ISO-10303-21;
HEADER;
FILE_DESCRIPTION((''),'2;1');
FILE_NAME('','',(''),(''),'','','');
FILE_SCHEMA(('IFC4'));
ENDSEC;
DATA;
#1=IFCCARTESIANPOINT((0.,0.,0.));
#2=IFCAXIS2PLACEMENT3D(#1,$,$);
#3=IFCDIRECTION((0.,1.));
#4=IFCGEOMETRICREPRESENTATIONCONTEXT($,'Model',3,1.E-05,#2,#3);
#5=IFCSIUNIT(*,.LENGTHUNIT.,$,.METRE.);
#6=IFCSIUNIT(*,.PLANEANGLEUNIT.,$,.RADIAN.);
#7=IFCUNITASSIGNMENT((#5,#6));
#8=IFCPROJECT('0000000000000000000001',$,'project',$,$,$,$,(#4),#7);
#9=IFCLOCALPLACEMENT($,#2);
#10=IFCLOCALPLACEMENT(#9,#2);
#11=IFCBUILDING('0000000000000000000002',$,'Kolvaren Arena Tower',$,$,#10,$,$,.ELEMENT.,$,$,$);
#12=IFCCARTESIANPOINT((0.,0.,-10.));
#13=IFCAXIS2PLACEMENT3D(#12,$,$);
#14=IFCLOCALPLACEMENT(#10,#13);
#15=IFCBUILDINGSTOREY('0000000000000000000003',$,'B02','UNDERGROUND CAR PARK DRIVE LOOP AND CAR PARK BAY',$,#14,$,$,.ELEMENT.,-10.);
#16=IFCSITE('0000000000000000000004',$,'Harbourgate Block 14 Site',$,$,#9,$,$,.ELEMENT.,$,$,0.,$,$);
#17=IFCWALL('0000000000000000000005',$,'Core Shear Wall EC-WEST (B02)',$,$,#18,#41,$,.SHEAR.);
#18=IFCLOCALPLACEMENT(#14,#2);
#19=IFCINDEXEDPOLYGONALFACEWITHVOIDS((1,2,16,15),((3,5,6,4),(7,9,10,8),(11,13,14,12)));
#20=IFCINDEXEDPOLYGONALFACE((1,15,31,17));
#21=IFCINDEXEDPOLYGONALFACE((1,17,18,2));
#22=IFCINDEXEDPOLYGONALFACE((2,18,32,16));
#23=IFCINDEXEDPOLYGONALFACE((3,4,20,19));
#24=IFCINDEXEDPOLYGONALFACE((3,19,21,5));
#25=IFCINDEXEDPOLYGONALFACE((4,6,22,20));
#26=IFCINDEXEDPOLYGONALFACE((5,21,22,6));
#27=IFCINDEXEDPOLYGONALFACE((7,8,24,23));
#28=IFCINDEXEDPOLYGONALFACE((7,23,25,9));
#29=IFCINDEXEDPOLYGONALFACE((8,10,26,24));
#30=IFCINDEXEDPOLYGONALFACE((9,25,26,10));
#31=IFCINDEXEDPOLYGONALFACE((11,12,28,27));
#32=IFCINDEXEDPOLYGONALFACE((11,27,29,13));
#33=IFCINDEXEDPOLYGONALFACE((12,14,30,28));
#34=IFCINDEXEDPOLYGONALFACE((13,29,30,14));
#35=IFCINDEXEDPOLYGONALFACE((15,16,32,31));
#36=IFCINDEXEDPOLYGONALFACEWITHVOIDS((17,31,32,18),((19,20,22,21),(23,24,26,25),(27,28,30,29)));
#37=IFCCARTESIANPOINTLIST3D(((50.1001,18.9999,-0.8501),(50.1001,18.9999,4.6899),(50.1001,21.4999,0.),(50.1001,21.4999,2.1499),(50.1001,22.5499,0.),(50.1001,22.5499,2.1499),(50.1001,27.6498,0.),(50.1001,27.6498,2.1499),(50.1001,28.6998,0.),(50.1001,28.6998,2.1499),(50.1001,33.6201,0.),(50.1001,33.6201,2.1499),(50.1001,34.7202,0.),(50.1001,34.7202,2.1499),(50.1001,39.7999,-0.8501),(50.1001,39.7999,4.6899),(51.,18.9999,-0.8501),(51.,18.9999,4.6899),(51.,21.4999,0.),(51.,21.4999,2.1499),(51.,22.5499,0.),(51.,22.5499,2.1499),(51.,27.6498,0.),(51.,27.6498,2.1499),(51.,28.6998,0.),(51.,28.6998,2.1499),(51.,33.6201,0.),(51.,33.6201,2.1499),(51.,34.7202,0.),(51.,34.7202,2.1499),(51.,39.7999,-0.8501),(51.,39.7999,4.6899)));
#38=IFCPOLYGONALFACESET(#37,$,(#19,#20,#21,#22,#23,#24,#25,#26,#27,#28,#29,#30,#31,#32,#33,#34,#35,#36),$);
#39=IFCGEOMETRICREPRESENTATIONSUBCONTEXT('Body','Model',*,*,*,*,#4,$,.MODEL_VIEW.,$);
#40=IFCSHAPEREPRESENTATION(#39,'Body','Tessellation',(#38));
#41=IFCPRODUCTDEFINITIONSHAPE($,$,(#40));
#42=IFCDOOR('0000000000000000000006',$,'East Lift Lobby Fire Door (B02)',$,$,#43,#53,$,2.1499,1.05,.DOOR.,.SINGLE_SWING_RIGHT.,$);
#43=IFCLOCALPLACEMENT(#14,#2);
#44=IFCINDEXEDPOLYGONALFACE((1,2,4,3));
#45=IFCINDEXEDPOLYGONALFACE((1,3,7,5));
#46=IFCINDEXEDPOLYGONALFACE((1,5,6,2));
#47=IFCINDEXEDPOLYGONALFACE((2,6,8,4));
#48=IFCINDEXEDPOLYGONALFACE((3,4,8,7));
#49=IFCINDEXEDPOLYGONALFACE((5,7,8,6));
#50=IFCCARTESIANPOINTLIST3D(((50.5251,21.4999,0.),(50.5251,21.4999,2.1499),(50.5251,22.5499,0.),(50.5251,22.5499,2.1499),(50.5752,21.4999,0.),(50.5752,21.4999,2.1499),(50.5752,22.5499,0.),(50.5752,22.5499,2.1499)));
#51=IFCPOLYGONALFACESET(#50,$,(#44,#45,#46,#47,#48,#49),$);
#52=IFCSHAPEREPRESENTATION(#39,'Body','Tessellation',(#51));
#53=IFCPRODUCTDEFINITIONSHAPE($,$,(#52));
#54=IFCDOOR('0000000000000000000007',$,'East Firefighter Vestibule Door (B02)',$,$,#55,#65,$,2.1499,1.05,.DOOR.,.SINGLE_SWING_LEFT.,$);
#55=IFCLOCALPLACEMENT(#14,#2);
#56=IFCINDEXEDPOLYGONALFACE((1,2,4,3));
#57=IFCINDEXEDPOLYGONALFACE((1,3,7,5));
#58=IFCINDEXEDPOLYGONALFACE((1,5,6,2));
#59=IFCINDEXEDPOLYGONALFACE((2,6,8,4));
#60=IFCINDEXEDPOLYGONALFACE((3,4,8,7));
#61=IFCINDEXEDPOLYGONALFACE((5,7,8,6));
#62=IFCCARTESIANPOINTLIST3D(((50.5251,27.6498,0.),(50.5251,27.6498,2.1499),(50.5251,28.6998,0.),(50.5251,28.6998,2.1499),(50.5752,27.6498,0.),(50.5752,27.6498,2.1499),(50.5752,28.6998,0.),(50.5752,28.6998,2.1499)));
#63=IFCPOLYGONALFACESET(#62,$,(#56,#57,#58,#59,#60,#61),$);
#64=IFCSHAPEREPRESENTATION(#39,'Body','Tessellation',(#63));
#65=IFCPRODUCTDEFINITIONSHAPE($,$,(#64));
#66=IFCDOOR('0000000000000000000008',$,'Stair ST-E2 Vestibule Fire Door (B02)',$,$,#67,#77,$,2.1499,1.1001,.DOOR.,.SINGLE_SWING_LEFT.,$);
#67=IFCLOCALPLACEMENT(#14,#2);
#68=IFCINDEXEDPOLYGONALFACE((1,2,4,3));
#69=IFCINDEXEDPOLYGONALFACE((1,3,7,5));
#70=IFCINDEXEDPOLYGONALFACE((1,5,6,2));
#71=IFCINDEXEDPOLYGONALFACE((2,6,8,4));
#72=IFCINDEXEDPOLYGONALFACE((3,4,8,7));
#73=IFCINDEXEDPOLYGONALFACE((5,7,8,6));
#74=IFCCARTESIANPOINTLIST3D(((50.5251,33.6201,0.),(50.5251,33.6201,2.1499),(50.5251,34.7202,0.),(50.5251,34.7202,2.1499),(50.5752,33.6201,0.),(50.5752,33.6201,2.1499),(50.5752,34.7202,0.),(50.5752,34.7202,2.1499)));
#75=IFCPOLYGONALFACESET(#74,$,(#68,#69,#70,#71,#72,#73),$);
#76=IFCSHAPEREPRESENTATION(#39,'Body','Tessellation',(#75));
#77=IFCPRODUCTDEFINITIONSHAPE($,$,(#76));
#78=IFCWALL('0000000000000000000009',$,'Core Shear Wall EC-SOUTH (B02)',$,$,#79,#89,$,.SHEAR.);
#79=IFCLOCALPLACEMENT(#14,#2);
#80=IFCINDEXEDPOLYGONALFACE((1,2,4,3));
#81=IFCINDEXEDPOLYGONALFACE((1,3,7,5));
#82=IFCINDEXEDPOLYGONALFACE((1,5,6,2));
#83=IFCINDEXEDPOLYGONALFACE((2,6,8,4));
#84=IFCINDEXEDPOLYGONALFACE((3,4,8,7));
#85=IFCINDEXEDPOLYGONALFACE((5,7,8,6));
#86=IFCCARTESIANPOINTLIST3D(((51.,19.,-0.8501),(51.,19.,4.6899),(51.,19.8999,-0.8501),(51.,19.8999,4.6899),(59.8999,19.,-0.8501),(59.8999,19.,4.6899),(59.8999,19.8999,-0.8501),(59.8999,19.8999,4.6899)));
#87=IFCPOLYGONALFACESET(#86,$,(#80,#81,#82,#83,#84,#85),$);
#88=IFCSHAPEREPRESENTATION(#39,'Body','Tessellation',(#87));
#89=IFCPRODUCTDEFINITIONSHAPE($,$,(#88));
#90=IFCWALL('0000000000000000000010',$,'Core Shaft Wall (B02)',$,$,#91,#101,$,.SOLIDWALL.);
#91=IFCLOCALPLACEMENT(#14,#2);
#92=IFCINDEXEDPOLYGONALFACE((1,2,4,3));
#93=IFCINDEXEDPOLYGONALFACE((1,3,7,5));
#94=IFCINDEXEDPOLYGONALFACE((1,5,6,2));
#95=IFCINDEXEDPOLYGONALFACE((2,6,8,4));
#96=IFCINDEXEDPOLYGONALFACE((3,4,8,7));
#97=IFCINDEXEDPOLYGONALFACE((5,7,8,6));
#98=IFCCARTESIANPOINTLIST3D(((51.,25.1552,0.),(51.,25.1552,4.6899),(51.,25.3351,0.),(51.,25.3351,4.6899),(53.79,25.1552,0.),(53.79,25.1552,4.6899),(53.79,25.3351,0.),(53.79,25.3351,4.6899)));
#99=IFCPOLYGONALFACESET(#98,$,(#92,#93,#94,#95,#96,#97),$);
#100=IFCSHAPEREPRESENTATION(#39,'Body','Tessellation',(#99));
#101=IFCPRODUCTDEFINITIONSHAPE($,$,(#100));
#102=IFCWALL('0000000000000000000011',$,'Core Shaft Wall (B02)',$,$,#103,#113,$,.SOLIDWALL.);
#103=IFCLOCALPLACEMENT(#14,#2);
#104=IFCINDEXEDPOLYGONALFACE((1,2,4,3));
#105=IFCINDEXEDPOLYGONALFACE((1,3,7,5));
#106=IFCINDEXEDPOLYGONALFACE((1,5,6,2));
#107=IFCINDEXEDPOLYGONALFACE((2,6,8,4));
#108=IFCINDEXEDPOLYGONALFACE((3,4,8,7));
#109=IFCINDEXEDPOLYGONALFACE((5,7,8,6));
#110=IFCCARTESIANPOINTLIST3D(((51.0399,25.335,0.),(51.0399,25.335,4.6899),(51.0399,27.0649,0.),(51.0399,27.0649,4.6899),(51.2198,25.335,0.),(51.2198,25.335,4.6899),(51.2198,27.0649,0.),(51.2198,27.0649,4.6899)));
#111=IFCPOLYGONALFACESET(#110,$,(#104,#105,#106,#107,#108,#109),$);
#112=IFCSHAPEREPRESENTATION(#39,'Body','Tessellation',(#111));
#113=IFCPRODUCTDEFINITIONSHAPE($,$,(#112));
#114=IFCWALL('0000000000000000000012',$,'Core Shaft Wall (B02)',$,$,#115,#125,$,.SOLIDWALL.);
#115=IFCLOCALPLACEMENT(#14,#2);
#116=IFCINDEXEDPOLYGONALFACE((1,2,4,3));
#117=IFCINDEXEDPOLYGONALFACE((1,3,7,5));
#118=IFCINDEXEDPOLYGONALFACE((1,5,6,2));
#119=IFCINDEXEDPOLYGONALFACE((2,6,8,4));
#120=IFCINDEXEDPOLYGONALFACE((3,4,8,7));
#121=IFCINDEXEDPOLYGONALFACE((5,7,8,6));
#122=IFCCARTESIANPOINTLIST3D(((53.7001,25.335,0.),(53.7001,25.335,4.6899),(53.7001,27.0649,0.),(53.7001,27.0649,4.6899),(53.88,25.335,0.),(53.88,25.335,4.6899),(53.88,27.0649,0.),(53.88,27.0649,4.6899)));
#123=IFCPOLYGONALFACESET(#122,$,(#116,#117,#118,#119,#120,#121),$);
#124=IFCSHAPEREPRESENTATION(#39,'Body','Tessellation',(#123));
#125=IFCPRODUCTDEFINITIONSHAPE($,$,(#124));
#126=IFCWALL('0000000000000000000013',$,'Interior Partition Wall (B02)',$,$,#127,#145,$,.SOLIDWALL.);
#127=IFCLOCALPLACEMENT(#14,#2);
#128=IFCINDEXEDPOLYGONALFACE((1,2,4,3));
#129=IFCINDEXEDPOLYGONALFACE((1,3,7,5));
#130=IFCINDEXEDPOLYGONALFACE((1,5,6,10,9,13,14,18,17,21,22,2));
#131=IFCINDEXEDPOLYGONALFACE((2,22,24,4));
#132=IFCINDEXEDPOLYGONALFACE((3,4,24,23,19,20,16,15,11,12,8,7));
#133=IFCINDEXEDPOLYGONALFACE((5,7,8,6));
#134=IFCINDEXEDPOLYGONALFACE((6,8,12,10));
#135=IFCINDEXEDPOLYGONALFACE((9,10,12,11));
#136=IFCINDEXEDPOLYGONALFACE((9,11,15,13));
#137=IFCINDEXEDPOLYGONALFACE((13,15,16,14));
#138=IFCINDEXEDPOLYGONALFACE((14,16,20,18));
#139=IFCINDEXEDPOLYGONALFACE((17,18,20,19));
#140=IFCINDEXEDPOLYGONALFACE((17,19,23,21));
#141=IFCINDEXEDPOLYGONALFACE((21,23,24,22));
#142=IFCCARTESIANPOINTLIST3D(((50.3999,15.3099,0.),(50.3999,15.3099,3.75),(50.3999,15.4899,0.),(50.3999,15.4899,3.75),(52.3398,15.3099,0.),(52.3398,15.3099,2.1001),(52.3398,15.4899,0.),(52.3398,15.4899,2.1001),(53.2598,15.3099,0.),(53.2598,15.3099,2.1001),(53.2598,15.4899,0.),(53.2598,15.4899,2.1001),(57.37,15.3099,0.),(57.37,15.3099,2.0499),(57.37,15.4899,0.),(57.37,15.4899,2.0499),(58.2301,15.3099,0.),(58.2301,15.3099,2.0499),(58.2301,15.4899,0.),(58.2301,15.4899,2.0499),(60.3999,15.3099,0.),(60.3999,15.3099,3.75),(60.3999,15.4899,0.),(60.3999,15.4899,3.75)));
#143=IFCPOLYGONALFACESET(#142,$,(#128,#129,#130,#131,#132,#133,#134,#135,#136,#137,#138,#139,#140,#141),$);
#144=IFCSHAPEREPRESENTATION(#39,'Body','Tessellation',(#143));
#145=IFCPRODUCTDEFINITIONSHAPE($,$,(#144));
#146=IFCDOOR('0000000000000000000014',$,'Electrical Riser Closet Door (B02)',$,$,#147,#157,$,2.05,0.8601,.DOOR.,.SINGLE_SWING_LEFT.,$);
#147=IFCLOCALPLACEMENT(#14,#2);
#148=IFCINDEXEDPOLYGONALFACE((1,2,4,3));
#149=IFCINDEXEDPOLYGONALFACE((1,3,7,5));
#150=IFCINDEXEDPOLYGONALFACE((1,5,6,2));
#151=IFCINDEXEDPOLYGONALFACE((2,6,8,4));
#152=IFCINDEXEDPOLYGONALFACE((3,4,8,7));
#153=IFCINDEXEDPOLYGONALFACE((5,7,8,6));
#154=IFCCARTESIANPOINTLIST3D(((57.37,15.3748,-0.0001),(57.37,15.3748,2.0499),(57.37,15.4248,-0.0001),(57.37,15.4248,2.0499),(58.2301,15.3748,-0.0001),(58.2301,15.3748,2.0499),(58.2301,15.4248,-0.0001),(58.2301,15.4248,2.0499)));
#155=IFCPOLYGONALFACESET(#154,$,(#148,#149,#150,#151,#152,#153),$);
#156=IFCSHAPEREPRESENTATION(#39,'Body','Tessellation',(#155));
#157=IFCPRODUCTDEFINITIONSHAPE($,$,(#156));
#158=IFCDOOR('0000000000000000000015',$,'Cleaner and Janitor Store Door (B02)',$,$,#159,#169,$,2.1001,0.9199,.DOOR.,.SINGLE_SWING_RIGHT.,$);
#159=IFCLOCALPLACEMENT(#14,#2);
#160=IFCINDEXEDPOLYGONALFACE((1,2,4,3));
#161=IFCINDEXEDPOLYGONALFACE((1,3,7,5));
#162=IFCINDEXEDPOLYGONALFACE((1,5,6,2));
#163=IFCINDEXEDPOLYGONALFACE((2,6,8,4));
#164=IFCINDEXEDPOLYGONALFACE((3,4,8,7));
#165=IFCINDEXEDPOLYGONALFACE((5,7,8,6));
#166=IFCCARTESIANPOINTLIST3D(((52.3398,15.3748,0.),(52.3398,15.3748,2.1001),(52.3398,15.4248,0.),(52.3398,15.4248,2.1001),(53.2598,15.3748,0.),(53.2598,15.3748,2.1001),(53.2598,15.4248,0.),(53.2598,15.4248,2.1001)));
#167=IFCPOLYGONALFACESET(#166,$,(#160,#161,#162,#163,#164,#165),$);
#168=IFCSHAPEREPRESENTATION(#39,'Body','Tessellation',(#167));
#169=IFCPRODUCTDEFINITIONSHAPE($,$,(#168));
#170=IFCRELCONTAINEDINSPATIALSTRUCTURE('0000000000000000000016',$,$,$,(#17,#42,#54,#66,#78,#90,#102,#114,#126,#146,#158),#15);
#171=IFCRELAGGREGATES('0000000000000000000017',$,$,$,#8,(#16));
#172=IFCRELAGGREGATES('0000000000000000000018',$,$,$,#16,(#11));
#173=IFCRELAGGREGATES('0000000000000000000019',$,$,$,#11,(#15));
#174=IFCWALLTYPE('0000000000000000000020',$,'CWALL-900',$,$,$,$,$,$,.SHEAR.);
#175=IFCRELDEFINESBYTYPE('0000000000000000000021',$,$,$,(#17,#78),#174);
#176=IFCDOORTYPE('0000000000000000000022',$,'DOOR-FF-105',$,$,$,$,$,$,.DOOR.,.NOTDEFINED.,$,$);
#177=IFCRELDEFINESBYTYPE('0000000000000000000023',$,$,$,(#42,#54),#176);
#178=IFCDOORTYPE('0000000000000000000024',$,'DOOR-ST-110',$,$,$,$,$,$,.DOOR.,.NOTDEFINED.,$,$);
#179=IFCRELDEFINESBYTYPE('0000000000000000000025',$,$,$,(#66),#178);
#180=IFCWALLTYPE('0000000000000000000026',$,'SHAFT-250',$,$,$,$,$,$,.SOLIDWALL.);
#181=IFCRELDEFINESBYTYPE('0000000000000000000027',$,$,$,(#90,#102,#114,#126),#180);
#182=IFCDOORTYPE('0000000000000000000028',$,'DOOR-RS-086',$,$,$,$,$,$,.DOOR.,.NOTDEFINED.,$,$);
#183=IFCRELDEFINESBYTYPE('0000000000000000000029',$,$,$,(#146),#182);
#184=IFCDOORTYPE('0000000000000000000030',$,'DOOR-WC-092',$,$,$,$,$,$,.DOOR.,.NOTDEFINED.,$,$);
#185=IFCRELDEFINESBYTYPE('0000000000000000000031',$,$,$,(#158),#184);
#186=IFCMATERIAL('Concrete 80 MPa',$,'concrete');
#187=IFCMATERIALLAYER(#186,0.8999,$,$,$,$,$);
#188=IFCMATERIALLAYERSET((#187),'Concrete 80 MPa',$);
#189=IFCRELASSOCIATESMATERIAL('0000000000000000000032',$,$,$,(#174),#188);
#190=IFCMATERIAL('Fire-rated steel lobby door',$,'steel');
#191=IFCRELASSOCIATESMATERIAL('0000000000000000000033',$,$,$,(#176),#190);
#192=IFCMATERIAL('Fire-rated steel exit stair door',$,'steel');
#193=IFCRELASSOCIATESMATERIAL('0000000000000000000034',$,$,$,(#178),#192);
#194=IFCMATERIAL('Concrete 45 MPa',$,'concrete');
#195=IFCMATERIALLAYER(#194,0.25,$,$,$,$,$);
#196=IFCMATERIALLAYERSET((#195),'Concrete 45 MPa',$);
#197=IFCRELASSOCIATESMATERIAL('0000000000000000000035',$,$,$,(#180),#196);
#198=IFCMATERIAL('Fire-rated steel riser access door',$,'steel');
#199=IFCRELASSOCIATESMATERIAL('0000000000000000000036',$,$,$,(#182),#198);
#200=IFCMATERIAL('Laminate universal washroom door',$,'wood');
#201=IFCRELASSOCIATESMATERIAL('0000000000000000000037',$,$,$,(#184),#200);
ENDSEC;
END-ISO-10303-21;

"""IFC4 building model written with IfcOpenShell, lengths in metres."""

from ifc_helpers import new_model, si_unit, direction, frame, frame_2d, origin, place, context, subcontext, project, spatial, rectangle, extrude, material, layer, layer_set, type_object, element, fill, save


model = new_model("IFC4")

# Units and contexts
model_context = context("Model", 3, precision=1e-05, world=origin(), true_north=direction((0.0, 1.0)))
body_context = subcontext(model_context, "Body", "Model", "MODEL_VIEW")
ifc_project = project(units=[si_unit("LENGTHUNIT", "METRE"), si_unit("PLANEANGLEUNIT", "RADIAN")], contexts=[model_context])

# Site, building, storey
site_placement = place(None, origin())
site = spatial("IfcSite", under=ifc_project, at=site_placement, Name="Harbourgate Block 14 Site", CompositionType="ELEMENT", RefElevation=0.0)
building_placement = place(site_placement, origin())
building = spatial("IfcBuilding", under=site, at=building_placement, Name="Kolvaren Arena Tower", CompositionType="ELEMENT")
storey_placement = place(building_placement, frame((0.0, 0.0, -10.0)))
storey = spatial("IfcBuildingStorey", under=building, at=storey_placement, Name="B02", Description="UNDERGROUND CAR PARK DRIVE LOOP AND CAR PARK BAY", CompositionType="ELEMENT", Elevation=-10.0)

# Wall, openings, doors
ifc_material_1 = material(Name="Concrete 80 MPa", Category="concrete")
ifc_layer_1 = layer(ifc_material_1, 0.8999)
ifc_layer_set_1 = layer_set([ifc_layer_1], Name="Concrete 80 MPa")
wall_type_1 = type_object("IfcWallType", Name="CWALL-900", PredefinedType="SHEAR", material=ifc_layer_set_1)
wall_1_placement = place(storey_placement, frame((50.55, 19.0, -0.8501), z_axis=(0.0, 0.0, 1.0), x_axis=(0.0, 1.0, 0.0)))
wall_1 = element("IfcWall", 1, at=wall_1_placement, inside=storey, type_object=wall_type_1, Name="Core Shear Wall EC-WEST (B02)", PredefinedType="SHEAR", context=body_context, shape_type="SweptSolid", body=[
    extrude(rectangle(XDim=20.8, YDim=0.8999, at=frame_2d((10.3999, 0.0))), origin(), (0.0, 0.0, 1.0), 5.54),
])
opening_1_placement = place(wall_1_placement, frame((2.5, 0.0, 0.8501)))
opening_1 = element("IfcOpeningElement", 2, at=opening_1_placement, cuts=wall_1, PredefinedType="OPENING", context=body_context, shape_type="SweptSolid", body=[
    extrude(rectangle(XDim=1.05, YDim=2.1499, at=frame_2d((0.5249, 1.075))), frame((0.0, 0.46, 0.0), z_axis=(0.0, -1.0, 0.0), x_axis=(1.0, 0.0, 0.0)), (0.0, 0.0, 1.0), 0.9199),
])
opening_2_placement = place(wall_1_placement, frame((8.6499, 0.0, 0.8501)))
opening_2 = element("IfcOpeningElement", 3, at=opening_2_placement, cuts=wall_1, PredefinedType="OPENING", context=body_context, shape_type="SweptSolid", body=[
    extrude(rectangle(XDim=1.05, YDim=2.1499, at=frame_2d((0.5249, 1.075))), frame((0.0, 0.46, 0.0), z_axis=(0.0, -1.0, 0.0), x_axis=(1.0, 0.0, 0.0)), (0.0, 0.0, 1.0), 0.9199),
])
opening_3_placement = place(wall_1_placement, frame((14.6201, 0.0, 0.8501)))
opening_3 = element("IfcOpeningElement", 4, at=opening_3_placement, cuts=wall_1, PredefinedType="OPENING", context=body_context, shape_type="SweptSolid", body=[
    extrude(rectangle(XDim=1.1001, YDim=2.1499, at=frame_2d((0.55, 1.075))), frame((0.0, 0.46, 0.0), z_axis=(0.0, -1.0, 0.0), x_axis=(1.0, 0.0, 0.0)), (0.0, 0.0, 1.0), 0.9199),
])
ifc_material_2 = material(Name="Fire-rated steel lobby door", Category="steel")
door_type_1 = type_object("IfcDoorType", Name="DOOR-FF-105", OperationType="NOTDEFINED", PredefinedType="DOOR", material=ifc_material_2)
door_1_placement = place(opening_1_placement, origin())
door_1 = element("IfcDoor", 5, at=door_1_placement, inside=storey, type_object=door_type_1, Name="East Lift Lobby Fire Door (B02)", OperationType="SINGLE_SWING_RIGHT", OverallHeight=2.1499, OverallWidth=1.05, PredefinedType="DOOR", context=body_context, shape_type="SweptSolid", body=[
    extrude(rectangle(XDim=1.05, YDim=2.1499, at=frame_2d((0.5249, 1.075))), frame((0.0, 0.0249, 0.0), z_axis=(0.0, -1.0, 0.0), x_axis=(1.0, 0.0, 0.0)), (0.0, 0.0, 1.0), 0.05),
])
fill(opening_1, door_1)
door_2_placement = place(opening_2_placement, origin())
door_2 = element("IfcDoor", 6, at=door_2_placement, inside=storey, type_object=door_type_1, Name="East Firefighter Vestibule Door (B02)", OperationType="SINGLE_SWING_LEFT", OverallHeight=2.1499, OverallWidth=1.05, PredefinedType="DOOR", context=body_context, shape_type="SweptSolid", body=[
    extrude(rectangle(XDim=1.05, YDim=2.1499, at=frame_2d((0.5249, 1.075))), frame((0.0, 0.0249, 0.0), z_axis=(0.0, -1.0, 0.0), x_axis=(1.0, 0.0, 0.0)), (0.0, 0.0, 1.0), 0.05),
])
fill(opening_2, door_2)
ifc_material_3 = material(Name="Fire-rated steel exit stair door", Category="steel")
door_type_2 = type_object("IfcDoorType", Name="DOOR-ST-110", OperationType="NOTDEFINED", PredefinedType="DOOR", material=ifc_material_3)
door_3_placement = place(opening_3_placement, origin())
door_3 = element("IfcDoor", 7, at=door_3_placement, inside=storey, type_object=door_type_2, Name="Stair ST-E2 Vestibule Fire Door (B02)", OperationType="SINGLE_SWING_LEFT", OverallHeight=2.1499, OverallWidth=1.1001, PredefinedType="DOOR", context=body_context, shape_type="SweptSolid", body=[
    extrude(rectangle(XDim=1.1001, YDim=2.1499, at=frame_2d((0.55, 1.075))), frame((0.0, 0.0249, 0.0), z_axis=(0.0, -1.0, 0.0), x_axis=(1.0, 0.0, 0.0)), (0.0, 0.0, 1.0), 0.05),
])
fill(opening_3, door_3)

# Walls
wall_2_placement = place(storey_placement, frame((51.0, 19.45, -0.8501), z_axis=(0.0, 0.0, 1.0), x_axis=(1.0, 0.0, 0.0)))
element("IfcWall", 8, at=wall_2_placement, inside=storey, type_object=wall_type_1, Name="Core Shear Wall EC-SOUTH (B02)", PredefinedType="SHEAR", context=body_context, shape_type="SweptSolid", body=[
    extrude(rectangle(XDim=8.8999, YDim=0.8999, at=frame_2d((4.45, 0.0))), origin(), (0.0, 0.0, 1.0), 5.54),
])
ifc_material_4 = material(Name="Concrete 45 MPa", Category="concrete")
ifc_layer_2 = layer(ifc_material_4, 0.25)
ifc_layer_set_2 = layer_set([ifc_layer_2], Name="Concrete 45 MPa")
wall_type_2 = type_object("IfcWallType", Name="SHAFT-250", PredefinedType="SOLIDWALL", material=ifc_layer_set_2)
wall_3_placement = place(storey_placement, frame((51.0, 25.2451, 0.0), z_axis=(0.0, 0.0, 1.0), x_axis=(1.0, 0.0, 0.0)))
element("IfcWall", 9, at=wall_3_placement, inside=storey, type_object=wall_type_2, Name="Core Shaft Wall (B02)", PredefinedType="SOLIDWALL", context=body_context, shape_type="SweptSolid", body=[
    extrude(rectangle(XDim=2.79, YDim=0.1799, at=frame_2d((1.395, 0.0))), origin(), (0.0, 0.0, 1.0), 4.6899),
])
for number, where, z_axis, x_axis, name in (
    (10, (51.1299, 25.335, 0.0), (0.0, 0.0, 1.0), (0.0, 1.0, 0.0), "Core Shaft Wall (B02)"),
    (11, (53.79, 25.335, 0.0), (0.0, 0.0, 1.0), (0.0, 1.0, 0.0), "Core Shaft Wall (B02)"),
):
    element("IfcWall", number, at=place(storey_placement, frame(where, z_axis=z_axis, x_axis=x_axis)), inside=storey, type_object=wall_type_2, Name=name, PredefinedType="SOLIDWALL", context=body_context, shape_type="SweptSolid", body=[
        extrude(rectangle(XDim=1.73, YDim=0.1799, at=frame_2d((0.865, 0.0))), origin(), (0.0, 0.0, 1.0), 4.6899),
    ])

# Wall, openings, doors
wall_4_placement = place(storey_placement, frame((50.3999, 15.3999, 0.0), z_axis=(0.0, 0.0, 1.0), x_axis=(1.0, 0.0, 0.0)))
wall_4 = element("IfcWall", 12, at=wall_4_placement, inside=storey, type_object=wall_type_2, Name="Interior Partition Wall (B02)", PredefinedType="SOLIDWALL", context=body_context, shape_type="SweptSolid", body=[
    extrude(rectangle(XDim=10.0, YDim=0.1799, at=frame_2d((5.0, 0.0))), origin(), (0.0, 0.0, 1.0), 3.75),
])
opening_4_placement = place(wall_4_placement, frame((1.9399, 0.0, 0.0)))
opening_4 = element("IfcOpeningElement", 13, at=opening_4_placement, cuts=wall_4, PredefinedType="OPENING", context=body_context, shape_type="SweptSolid", body=[
    extrude(rectangle(XDim=0.9199, YDim=2.1001, at=frame_2d((0.46, 1.05))), frame((0.0, 0.0999, 0.0), z_axis=(0.0, -1.0, 0.0), x_axis=(1.0, 0.0, 0.0)), (0.0, 0.0, 1.0), 0.2),
])
opening_5_placement = place(wall_4_placement, frame((6.97, 0.0, 0.0)))
opening_5 = element("IfcOpeningElement", 14, at=opening_5_placement, cuts=wall_4, PredefinedType="OPENING", context=body_context, shape_type="SweptSolid", body=[
    extrude(rectangle(XDim=0.8601, YDim=2.05, at=frame_2d((0.4302, 1.0249))), frame((0.0, 0.0999, 0.0), z_axis=(0.0, -1.0, 0.0), x_axis=(1.0, 0.0, 0.0)), (0.0, 0.0, 1.0), 0.2),
])
ifc_material_5 = material(Name="Fire-rated steel riser access door", Category="steel")
door_type_3 = type_object("IfcDoorType", Name="DOOR-RS-086", OperationType="NOTDEFINED", PredefinedType="DOOR", material=ifc_material_5)
door_4_placement = place(opening_5_placement, origin())
door_4 = element("IfcDoor", 15, at=door_4_placement, inside=storey, type_object=door_type_3, Name="Electrical Riser Closet Door (B02)", OperationType="SINGLE_SWING_LEFT", OverallHeight=2.05, OverallWidth=0.8601, PredefinedType="DOOR", context=body_context, shape_type="SweptSolid", body=[
    extrude(rectangle(XDim=0.8601, YDim=2.05, at=frame_2d((0.4302, 1.0249))), frame((0.0, 0.0249, 0.0), z_axis=(0.0, -1.0, 0.0), x_axis=(1.0, 0.0, 0.0)), (0.0, 0.0, 1.0), 0.05),
])
fill(opening_5, door_4)
ifc_material_6 = material(Name="Laminate universal washroom door", Category="wood")
door_type_4 = type_object("IfcDoorType", Name="DOOR-WC-092", OperationType="NOTDEFINED", PredefinedType="DOOR", material=ifc_material_6)
door_5_placement = place(opening_4_placement, origin())
door_5 = element("IfcDoor", 16, at=door_5_placement, inside=storey, type_object=door_type_4, Name="Cleaner and Janitor Store Door (B02)", OperationType="SINGLE_SWING_RIGHT", OverallHeight=2.1001, OverallWidth=0.9199, PredefinedType="DOOR", context=body_context, shape_type="SweptSolid", body=[
    extrude(rectangle(XDim=0.9199, YDim=2.1001, at=frame_2d((0.46, 1.05))), frame((0.0, 0.0249, 0.0), z_axis=(0.0, -1.0, 0.0), x_axis=(1.0, 0.0, 0.0)), (0.0, 0.0, 1.0), 0.05),
])
fill(opening_4, door_5)

save(model, "model.ifc")
